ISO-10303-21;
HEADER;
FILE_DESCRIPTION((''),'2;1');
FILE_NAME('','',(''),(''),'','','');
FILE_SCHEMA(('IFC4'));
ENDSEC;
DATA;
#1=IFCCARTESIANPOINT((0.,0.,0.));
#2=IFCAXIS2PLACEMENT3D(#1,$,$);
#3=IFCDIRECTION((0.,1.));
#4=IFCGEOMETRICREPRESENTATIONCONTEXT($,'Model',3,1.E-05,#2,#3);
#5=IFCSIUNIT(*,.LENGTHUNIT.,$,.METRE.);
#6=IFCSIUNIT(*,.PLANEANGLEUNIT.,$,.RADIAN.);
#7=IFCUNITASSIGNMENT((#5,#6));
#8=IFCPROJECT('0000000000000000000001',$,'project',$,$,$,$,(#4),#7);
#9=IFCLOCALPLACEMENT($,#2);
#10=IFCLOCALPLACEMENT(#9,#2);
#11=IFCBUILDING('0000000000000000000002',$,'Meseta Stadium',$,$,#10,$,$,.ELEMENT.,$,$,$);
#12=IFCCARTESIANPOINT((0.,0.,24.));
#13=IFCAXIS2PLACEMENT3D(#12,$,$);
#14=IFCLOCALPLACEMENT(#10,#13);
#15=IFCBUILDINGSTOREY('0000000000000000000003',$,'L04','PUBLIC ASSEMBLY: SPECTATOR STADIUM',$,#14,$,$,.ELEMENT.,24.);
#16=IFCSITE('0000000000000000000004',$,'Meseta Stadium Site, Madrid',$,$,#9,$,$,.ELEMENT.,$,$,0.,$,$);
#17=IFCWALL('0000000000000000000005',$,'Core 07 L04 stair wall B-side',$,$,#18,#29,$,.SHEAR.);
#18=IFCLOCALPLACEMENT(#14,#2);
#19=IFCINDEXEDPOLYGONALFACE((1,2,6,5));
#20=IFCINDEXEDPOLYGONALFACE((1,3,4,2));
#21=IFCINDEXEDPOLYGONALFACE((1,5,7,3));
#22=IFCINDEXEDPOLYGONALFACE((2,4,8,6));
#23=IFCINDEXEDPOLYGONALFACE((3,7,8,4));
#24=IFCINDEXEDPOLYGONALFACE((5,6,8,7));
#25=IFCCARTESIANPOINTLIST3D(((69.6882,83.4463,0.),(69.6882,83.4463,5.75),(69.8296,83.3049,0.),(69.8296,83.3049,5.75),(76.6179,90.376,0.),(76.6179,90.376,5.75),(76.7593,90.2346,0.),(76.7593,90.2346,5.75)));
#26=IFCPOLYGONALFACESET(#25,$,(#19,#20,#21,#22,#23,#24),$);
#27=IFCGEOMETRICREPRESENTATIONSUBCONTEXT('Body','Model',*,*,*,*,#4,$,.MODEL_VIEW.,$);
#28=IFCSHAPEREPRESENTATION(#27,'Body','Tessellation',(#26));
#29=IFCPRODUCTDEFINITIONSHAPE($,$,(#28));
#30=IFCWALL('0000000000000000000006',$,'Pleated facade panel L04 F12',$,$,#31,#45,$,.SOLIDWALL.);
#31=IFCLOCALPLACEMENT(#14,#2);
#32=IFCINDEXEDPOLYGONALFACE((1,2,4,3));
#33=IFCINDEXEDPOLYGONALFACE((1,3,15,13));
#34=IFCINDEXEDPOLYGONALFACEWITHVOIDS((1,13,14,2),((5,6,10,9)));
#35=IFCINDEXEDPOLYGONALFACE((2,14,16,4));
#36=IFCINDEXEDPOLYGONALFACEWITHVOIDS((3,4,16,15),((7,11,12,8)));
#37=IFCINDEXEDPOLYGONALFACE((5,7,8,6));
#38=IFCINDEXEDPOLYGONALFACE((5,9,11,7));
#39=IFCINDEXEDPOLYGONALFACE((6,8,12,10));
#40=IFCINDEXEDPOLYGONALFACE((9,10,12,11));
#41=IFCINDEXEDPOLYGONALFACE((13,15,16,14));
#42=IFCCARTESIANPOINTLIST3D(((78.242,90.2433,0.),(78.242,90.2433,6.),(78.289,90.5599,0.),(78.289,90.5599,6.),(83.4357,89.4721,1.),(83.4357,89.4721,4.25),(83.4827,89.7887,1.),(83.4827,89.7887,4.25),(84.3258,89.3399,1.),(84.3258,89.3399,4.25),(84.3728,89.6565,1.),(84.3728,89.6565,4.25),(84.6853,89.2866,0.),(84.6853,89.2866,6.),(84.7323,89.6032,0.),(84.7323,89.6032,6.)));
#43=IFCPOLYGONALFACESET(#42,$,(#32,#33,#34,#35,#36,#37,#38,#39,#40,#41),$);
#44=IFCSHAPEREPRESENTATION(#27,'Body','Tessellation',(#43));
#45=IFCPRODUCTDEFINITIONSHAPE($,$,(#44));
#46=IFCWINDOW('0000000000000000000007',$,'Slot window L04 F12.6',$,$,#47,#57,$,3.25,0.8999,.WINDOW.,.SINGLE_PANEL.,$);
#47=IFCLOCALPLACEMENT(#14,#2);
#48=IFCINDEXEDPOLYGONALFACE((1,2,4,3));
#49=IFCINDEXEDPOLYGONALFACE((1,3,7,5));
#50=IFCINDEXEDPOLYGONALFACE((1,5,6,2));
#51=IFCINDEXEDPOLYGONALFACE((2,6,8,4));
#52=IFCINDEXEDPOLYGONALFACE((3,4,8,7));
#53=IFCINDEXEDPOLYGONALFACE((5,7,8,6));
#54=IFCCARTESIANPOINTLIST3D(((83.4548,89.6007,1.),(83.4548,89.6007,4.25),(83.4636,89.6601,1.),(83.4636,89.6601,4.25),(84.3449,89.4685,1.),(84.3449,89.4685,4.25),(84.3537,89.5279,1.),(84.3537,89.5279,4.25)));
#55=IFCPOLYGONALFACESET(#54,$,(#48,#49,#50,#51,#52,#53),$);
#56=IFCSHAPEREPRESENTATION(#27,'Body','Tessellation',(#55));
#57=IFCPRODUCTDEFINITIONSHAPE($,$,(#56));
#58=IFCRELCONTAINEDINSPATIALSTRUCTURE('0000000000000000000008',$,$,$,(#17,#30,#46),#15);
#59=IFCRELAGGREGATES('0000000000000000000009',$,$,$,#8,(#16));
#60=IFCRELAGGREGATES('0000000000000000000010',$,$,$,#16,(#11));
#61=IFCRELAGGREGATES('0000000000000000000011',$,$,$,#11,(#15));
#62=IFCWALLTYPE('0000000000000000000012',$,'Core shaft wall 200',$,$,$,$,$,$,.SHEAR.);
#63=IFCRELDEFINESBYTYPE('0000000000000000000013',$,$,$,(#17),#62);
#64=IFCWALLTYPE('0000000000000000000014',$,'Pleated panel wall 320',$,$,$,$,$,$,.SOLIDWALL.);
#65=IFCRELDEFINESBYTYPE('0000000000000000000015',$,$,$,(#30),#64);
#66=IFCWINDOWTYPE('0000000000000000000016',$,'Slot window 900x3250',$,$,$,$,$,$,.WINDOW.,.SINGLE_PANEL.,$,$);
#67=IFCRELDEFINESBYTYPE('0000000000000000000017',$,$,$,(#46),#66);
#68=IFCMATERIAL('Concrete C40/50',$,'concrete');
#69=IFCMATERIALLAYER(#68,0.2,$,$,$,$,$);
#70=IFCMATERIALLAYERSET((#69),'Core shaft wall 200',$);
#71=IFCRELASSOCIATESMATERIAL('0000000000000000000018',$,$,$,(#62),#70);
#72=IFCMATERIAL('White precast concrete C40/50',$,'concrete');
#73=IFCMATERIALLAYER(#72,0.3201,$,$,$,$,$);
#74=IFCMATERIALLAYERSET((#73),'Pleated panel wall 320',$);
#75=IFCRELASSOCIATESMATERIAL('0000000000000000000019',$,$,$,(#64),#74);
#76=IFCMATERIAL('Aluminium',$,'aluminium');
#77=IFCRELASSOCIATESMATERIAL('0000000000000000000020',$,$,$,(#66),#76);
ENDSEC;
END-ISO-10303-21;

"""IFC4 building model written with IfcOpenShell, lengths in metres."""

from ifc_helpers import new_model, si_unit, direction, frame, frame_2d, origin, place, context, subcontext, project, spatial, rectangle, extrude, material, layer, layer_set, type_object, element, fill, save


model = new_model("IFC4")

# Units and contexts
model_context = context("Model", 3, precision=1e-05, world=origin(), true_north=direction((0.0, 1.0)))
body_context = subcontext(model_context, "Body", "Model", "MODEL_VIEW")
ifc_project = project(units=[si_unit("LENGTHUNIT", "METRE"), si_unit("PLANEANGLEUNIT", "RADIAN")], contexts=[model_context])

# Site, building, storey
site_placement = place(None, origin())
site = spatial("IfcSite", under=ifc_project, at=site_placement, Name="Meseta Stadium Site, Madrid", CompositionType="ELEMENT", RefElevation=0.0)
building_placement = place(site_placement, origin())
building = spatial("IfcBuilding", under=site, at=building_placement, Name="Meseta Stadium", CompositionType="ELEMENT")
storey_placement = place(building_placement, frame((0.0, 0.0, 24.0)))
storey = spatial("IfcBuildingStorey", under=building, at=storey_placement, Name="L04", Description="PUBLIC ASSEMBLY: SPECTATOR STADIUM", CompositionType="ELEMENT", Elevation=24.0)

# Wall
ifc_material_1 = material(Name="Concrete C40/50", Category="concrete")
ifc_layer_1 = layer(ifc_material_1, 0.2)
ifc_layer_set_1 = layer_set([ifc_layer_1], Name="Core shaft wall 200")
wall_type_1 = type_object("IfcWallType", Name="Core shaft wall 200", PredefinedType="SHEAR", material=ifc_layer_set_1)
wall_1_placement = place(storey_placement, frame((76.6885, 90.3052, 0.0), z_axis=(0.0, 0.0, 1.0), x_axis=(-0.707107, -0.707107, 0.0)))
element("IfcWall", 1, at=wall_1_placement, inside=storey, type_object=wall_type_1, Name="Core 07 L04 stair wall B-side", PredefinedType="SHEAR", context=body_context, shape_type="SweptSolid", body=[
    extrude(rectangle(XDim=9.8, YDim=0.2, at=frame_2d((4.8999, 0.0))), origin(), (0.0, 0.0, 1.0), 5.75),
])

# Wall, opening, window
ifc_material_2 = material(Name="White precast concrete C40/50", Category="concrete")
ifc_layer_2 = layer(ifc_material_2, 0.3201)
ifc_layer_set_2 = layer_set([ifc_layer_2], Name="Pleated panel wall 320")
wall_type_2 = type_object("IfcWallType", Name="Pleated panel wall 320", PredefinedType="SOLIDWALL", material=ifc_layer_set_2)
wall_2_placement = place(storey_placement, frame((78.2656, 90.4016, 0.0), z_axis=(0.0, 0.0, 1.0), x_axis=(0.989154, -0.146881, 0.0)))
wall_2 = element("IfcWall", 2, at=wall_2_placement, inside=storey, type_object=wall_type_2, Name="Pleated facade panel L04 F12", PredefinedType="SOLIDWALL", context=body_context, shape_type="SweptSolid", body=[
    extrude(rectangle(XDim=6.5139, YDim=0.3201, at=frame_2d((3.2568, 0.0))), origin(), (0.0, 0.0, 1.0), 6.0),
])
opening_placement = place(wall_2_placement, frame((5.2505, 0.0, 1.0)))
opening = element("IfcOpeningElement", 3, at=opening_placement, cuts=wall_2, PredefinedType="OPENING", context=body_context, shape_type="SweptSolid", body=[
    extrude(rectangle(XDim=0.8999, YDim=3.25, at=frame_2d((0.45, 1.625))), frame((0.0, 0.1699, 0.0), z_axis=(0.0, -1.0, 0.0), x_axis=(1.0, 0.0, 0.0)), (0.0, 0.0, 1.0), 0.3401),
])
ifc_material_3 = material(Name="Aluminium", Category="aluminium")
window_type = type_object("IfcWindowType", Name="Slot window 900x3250", PartitioningType="SINGLE_PANEL", PredefinedType="WINDOW", material=ifc_material_3)
window_placement = place(opening_placement, origin())
window = element("IfcWindow", 4, at=window_placement, inside=storey, type_object=window_type, Name="Slot window L04 F12.6", OverallHeight=3.25, OverallWidth=0.8999, PartitioningType="SINGLE_PANEL", PredefinedType="WINDOW", context=body_context, shape_type="SweptSolid", body=[
    extrude(rectangle(XDim=0.8999, YDim=3.25, at=frame_2d((0.45, 1.625))), frame((0.0, 0.03, 0.0), z_axis=(0.0, -1.0, 0.0), x_axis=(1.0, 0.0, 0.0)), (0.0, 0.0, 1.0), 0.0601),
])
fill(opening, window)

save(model, "model.ifc")
